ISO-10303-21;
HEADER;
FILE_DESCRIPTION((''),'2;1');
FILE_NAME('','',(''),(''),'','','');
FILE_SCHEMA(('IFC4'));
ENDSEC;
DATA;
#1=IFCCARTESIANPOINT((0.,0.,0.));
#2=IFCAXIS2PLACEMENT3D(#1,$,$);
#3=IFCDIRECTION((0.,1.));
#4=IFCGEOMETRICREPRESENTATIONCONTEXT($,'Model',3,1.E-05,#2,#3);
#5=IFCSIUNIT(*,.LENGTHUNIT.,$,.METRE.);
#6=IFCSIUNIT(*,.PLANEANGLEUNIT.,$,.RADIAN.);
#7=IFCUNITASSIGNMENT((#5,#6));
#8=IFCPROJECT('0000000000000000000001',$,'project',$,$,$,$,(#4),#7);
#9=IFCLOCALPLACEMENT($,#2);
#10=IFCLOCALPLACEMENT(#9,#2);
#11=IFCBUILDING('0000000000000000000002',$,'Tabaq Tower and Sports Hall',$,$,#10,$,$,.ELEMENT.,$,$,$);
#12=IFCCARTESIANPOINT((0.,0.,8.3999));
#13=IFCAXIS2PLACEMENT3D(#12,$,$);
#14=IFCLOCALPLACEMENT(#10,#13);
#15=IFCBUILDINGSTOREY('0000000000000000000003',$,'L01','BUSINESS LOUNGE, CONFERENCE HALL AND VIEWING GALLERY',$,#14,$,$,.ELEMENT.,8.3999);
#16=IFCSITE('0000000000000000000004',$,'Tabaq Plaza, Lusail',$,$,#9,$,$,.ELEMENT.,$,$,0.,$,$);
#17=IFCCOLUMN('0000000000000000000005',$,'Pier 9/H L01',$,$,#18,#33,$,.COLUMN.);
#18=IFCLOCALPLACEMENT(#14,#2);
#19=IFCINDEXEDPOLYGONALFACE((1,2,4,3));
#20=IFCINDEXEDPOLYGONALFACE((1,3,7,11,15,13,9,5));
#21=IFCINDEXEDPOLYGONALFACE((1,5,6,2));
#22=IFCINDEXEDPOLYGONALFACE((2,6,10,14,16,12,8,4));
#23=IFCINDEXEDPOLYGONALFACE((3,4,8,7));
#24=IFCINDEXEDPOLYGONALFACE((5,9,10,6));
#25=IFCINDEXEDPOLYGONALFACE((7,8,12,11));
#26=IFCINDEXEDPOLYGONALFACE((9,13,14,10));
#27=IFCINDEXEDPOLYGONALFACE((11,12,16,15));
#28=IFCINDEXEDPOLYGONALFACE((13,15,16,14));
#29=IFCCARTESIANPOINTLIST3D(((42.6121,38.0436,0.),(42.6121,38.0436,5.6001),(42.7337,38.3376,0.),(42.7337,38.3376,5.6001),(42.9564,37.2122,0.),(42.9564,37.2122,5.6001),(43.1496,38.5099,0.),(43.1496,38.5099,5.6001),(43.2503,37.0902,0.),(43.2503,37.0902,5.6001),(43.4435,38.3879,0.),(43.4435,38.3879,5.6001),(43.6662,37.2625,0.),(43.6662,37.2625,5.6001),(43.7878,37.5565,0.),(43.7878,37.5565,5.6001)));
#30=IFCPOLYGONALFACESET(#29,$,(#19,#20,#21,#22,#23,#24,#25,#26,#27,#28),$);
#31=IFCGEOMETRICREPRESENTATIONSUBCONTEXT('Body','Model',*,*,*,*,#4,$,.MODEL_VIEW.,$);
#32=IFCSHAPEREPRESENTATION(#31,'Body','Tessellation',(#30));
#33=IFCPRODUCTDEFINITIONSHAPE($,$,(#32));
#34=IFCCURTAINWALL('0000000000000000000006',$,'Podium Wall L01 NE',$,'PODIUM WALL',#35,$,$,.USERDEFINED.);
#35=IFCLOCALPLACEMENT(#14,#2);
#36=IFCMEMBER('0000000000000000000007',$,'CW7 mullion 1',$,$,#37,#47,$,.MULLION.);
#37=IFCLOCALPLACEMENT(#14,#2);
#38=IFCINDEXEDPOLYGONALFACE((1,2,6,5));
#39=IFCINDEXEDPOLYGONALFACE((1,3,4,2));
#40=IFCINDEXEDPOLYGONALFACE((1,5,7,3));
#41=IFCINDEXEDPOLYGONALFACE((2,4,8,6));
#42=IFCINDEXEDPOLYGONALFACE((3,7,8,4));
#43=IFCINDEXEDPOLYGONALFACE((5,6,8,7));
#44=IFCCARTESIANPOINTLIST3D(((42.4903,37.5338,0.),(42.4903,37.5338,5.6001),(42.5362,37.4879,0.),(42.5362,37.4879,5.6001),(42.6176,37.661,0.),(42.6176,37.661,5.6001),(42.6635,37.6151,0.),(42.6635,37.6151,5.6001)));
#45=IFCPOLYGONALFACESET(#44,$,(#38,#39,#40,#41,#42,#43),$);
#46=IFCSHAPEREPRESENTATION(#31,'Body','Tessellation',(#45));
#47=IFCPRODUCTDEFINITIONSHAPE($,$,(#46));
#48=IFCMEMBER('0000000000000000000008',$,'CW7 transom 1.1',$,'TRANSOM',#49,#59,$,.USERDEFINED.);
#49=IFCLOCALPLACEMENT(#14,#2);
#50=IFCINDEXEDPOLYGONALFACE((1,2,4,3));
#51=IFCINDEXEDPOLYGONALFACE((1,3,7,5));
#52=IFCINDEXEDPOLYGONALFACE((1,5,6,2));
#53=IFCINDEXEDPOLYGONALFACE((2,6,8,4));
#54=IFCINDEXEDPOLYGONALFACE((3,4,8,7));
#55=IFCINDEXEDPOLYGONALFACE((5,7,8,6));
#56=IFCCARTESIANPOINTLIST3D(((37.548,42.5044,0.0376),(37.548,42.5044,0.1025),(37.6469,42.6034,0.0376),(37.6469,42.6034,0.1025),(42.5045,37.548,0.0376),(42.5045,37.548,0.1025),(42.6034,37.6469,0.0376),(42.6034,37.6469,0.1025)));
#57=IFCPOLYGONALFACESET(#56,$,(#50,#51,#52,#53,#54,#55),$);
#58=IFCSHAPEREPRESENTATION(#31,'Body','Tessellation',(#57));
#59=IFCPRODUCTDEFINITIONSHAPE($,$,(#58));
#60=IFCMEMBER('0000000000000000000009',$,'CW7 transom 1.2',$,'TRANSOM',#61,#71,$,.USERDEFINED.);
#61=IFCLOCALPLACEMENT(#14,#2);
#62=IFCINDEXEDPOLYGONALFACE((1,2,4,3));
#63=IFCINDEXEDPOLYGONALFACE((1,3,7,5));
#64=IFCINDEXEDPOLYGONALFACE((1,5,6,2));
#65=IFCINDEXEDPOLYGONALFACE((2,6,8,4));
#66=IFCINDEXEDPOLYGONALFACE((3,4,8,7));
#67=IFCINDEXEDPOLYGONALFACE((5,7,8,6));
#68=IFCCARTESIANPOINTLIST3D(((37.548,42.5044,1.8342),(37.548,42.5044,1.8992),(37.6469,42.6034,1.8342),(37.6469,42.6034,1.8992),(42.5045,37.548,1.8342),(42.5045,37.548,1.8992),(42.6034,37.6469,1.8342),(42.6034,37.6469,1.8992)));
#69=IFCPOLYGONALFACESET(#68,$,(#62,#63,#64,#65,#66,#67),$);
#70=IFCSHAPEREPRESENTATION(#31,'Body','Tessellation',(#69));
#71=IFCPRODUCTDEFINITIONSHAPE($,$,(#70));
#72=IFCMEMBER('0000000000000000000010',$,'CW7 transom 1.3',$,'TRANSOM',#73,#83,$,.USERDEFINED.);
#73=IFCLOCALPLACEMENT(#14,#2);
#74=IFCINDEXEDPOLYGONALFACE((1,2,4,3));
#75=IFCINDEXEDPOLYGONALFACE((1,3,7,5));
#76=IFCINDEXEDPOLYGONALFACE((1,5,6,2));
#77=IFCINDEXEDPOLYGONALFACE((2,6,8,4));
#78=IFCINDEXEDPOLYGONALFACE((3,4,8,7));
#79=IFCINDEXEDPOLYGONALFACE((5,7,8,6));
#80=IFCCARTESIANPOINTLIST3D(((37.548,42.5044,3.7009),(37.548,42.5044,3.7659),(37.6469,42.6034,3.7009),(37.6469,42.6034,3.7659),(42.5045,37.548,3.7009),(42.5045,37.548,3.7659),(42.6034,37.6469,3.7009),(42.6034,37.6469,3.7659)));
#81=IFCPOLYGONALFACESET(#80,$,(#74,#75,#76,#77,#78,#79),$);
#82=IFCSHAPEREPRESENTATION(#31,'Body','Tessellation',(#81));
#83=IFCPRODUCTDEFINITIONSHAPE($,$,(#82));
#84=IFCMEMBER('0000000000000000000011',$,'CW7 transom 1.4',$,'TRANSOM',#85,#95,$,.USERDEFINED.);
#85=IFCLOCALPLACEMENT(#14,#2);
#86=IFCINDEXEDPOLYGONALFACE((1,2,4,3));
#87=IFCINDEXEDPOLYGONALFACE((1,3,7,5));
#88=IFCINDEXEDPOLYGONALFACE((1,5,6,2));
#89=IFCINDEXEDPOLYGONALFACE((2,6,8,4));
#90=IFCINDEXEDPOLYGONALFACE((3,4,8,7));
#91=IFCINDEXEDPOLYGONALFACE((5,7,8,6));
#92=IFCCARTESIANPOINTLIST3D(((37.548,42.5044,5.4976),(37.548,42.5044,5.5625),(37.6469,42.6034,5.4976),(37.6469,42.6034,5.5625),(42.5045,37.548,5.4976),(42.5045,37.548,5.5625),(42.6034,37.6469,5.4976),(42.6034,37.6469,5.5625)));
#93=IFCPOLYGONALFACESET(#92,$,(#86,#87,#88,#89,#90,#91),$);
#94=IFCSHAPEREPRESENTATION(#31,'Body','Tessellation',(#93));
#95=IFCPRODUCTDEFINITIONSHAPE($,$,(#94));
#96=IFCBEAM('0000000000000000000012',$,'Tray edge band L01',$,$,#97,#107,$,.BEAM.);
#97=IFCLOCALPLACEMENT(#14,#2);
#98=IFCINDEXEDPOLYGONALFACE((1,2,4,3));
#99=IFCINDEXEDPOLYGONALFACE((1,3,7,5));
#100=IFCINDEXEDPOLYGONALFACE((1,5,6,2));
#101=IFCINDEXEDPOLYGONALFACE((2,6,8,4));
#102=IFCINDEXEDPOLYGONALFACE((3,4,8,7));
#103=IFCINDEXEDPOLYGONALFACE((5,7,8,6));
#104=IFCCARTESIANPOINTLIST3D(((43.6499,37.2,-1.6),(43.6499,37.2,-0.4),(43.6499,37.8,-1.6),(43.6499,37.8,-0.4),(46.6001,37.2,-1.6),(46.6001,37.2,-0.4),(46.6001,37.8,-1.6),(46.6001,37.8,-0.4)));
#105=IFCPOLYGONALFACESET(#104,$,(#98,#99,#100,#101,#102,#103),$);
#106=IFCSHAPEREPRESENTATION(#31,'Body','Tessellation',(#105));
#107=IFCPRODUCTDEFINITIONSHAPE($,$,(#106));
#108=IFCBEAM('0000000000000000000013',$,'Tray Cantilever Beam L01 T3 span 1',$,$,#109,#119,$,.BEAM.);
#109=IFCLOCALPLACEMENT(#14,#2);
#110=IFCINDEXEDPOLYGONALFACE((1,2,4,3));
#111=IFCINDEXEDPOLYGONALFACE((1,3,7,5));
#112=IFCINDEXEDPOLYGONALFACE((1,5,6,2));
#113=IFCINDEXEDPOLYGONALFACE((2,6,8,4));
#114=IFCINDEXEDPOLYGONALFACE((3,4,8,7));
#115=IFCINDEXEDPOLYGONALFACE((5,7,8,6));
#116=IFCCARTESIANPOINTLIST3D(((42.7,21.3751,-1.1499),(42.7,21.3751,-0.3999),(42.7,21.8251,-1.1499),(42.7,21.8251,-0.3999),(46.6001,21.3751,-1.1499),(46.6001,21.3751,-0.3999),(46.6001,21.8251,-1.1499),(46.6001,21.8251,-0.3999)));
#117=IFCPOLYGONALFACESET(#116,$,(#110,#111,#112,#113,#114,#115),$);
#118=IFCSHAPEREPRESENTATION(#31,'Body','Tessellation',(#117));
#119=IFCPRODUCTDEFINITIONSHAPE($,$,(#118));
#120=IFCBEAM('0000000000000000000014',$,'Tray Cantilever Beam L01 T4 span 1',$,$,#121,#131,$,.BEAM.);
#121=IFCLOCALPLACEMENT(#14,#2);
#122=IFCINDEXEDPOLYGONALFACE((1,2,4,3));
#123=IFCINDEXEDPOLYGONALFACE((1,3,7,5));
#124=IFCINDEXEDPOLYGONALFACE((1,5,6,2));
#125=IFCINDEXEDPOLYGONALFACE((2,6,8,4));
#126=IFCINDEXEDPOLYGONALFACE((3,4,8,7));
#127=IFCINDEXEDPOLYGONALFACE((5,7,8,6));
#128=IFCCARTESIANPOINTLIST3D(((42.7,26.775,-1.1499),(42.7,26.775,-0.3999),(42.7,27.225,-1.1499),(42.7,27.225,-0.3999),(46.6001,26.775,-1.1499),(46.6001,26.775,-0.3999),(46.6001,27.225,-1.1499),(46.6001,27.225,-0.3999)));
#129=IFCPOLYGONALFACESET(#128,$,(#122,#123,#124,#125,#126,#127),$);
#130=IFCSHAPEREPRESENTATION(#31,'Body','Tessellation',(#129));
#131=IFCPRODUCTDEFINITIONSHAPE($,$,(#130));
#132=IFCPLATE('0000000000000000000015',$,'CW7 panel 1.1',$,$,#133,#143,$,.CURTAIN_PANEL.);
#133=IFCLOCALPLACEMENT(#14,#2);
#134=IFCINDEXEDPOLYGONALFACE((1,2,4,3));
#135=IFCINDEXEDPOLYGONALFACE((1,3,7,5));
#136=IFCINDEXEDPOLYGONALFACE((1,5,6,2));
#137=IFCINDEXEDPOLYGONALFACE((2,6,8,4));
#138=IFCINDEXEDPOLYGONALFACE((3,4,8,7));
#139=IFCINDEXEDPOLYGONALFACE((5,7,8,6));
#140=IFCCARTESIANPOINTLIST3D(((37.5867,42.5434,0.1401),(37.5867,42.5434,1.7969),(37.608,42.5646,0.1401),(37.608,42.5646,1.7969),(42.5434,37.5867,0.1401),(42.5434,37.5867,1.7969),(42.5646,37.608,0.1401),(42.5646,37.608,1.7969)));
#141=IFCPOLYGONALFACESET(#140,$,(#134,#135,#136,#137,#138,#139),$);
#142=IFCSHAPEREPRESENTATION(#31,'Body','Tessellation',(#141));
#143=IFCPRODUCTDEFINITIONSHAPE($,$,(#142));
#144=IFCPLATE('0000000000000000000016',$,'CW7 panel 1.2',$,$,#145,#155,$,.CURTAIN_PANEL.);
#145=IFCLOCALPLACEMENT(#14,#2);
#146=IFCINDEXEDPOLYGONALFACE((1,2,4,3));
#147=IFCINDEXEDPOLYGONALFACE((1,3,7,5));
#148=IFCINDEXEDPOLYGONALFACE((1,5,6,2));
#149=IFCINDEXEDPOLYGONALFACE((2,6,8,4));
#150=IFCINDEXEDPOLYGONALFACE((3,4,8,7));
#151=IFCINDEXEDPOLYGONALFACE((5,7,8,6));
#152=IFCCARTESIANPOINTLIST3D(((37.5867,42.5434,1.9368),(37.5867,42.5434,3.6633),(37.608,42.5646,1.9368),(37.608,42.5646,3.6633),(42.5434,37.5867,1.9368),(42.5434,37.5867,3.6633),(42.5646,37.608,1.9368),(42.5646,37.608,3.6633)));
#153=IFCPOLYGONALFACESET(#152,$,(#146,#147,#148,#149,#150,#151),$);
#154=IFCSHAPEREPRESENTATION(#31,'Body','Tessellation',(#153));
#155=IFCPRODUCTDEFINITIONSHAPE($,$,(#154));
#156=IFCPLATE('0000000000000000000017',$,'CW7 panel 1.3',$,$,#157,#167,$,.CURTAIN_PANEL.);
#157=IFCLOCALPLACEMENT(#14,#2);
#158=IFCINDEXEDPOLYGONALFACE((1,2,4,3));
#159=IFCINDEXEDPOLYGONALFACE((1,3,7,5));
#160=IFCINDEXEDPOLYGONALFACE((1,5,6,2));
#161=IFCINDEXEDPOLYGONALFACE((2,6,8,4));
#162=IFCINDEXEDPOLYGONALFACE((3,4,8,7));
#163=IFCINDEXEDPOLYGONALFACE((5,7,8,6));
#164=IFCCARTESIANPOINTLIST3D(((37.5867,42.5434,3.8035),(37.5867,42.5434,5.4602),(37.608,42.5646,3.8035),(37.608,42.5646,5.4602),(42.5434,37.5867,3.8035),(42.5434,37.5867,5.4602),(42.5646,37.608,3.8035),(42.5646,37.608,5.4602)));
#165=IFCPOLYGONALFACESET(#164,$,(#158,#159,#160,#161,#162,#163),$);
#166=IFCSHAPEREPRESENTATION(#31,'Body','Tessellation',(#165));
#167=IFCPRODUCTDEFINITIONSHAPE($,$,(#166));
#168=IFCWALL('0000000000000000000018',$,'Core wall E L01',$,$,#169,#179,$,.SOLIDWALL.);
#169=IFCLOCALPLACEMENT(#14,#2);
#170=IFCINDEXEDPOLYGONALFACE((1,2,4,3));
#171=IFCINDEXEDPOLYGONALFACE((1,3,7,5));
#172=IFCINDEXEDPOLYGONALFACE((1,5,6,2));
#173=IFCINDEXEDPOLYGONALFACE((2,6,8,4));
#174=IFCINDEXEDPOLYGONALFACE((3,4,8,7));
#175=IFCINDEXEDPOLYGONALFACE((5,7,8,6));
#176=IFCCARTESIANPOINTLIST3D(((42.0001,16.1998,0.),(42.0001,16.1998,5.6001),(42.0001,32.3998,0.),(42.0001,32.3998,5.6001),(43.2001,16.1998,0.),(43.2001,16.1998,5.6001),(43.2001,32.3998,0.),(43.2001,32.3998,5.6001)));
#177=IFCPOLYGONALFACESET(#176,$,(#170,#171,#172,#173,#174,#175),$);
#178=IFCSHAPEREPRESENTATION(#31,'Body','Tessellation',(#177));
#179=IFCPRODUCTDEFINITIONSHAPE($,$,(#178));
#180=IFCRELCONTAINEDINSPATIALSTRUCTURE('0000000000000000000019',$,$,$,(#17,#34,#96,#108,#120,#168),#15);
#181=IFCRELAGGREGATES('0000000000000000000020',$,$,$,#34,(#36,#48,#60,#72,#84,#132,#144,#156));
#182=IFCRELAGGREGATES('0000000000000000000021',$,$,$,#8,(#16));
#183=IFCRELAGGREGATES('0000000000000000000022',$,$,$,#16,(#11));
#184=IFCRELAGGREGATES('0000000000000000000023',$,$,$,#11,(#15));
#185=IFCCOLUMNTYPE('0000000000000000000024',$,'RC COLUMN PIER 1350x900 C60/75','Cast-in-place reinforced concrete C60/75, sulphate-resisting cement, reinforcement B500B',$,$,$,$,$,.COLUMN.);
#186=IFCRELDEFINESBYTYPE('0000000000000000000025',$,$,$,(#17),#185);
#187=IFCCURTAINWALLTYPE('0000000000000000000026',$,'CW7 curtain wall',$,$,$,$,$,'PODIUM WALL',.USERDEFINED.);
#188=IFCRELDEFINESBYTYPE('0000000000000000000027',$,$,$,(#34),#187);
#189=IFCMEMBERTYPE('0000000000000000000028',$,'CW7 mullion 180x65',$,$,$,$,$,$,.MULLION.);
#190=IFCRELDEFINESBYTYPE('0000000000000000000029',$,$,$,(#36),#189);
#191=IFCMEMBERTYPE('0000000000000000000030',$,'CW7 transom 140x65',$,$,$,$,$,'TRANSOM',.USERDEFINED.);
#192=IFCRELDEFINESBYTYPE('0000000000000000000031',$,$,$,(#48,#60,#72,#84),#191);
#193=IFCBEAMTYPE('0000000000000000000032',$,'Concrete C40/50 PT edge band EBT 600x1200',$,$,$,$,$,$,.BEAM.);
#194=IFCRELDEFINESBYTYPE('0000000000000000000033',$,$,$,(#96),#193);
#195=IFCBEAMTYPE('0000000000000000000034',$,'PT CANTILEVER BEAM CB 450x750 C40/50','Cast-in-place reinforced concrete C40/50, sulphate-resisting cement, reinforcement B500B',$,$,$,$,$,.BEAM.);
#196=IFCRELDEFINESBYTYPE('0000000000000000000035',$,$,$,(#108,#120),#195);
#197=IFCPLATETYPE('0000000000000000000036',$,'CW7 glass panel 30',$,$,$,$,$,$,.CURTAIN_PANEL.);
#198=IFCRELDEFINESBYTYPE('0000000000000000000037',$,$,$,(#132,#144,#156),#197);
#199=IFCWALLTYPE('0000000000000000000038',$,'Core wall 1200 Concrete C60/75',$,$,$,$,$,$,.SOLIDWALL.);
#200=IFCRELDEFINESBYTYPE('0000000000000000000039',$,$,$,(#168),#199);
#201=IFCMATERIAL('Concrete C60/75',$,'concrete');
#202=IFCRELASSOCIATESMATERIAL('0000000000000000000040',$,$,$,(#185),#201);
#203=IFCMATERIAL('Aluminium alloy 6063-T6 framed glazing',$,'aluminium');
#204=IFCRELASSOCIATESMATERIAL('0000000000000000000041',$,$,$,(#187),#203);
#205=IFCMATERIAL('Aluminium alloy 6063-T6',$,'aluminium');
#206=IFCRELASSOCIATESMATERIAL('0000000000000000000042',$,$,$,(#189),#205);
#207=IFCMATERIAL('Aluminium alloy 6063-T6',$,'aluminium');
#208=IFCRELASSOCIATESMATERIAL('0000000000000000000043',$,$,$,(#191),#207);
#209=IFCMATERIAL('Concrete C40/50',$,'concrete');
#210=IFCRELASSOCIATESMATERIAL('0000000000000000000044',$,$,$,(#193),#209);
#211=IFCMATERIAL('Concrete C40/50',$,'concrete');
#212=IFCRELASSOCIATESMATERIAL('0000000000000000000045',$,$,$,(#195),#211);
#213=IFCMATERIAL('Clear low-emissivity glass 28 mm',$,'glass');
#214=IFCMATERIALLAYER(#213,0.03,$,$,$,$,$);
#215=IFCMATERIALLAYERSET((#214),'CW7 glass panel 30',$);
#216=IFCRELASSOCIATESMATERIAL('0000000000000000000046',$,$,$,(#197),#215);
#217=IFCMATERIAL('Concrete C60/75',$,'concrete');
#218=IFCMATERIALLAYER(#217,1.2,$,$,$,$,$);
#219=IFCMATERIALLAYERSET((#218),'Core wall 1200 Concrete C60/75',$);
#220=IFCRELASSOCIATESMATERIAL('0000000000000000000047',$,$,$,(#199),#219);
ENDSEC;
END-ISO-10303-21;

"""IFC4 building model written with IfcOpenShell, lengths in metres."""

from ifc_helpers import new_model, si_unit, direction, frame, frame_2d, origin, origin_2d, place, context, subcontext, project, spatial, polyline, rectangle, outline, extrude, material, layer, layer_set, material_profile, profile_set, type_object, element, aggregate, save


model = new_model("IFC4")

# Units and contexts
model_context = context("Model", 3, precision=1e-05, world=origin(), true_north=direction((0.0, 1.0)))
body_context = subcontext(model_context, "Body", "Model", "MODEL_VIEW")
ifc_project = project(units=[si_unit("LENGTHUNIT", "METRE"), si_unit("PLANEANGLEUNIT", "RADIAN")], contexts=[model_context])

# Site, building, storey
site_placement = place(None, origin())
site = spatial("IfcSite", under=ifc_project, at=site_placement, Name="Tabaq Plaza, Lusail", CompositionType="ELEMENT", RefElevation=0.0)
building_placement = place(site_placement, origin())
building = spatial("IfcBuilding", under=site, at=building_placement, Name="Tabaq Tower and Sports Hall", CompositionType="ELEMENT")
storey_placement = place(building_placement, frame((0.0, 0.0, 8.3999)))
storey = spatial("IfcBuildingStorey", under=building, at=storey_placement, Name="L01", Description="BUSINESS LOUNGE, CONFERENCE HALL AND VIEWING GALLERY", CompositionType="ELEMENT", Elevation=8.3999)

# Column
ifc_material_1 = material(Name="Concrete C60/75", Category="concrete")
ifc_material_profile_1 = material_profile(ifc_material_1, outline(polyline([(-0.45, -0.45), (0.45, -0.45), (0.675, -0.2251), (0.675, 0.2251), (0.45, 0.45), (-0.45, 0.45), (-0.675, 0.2251), (-0.675, -0.2251), (-0.45, -0.45)])), Name="PIER 1350x900")
ifc_profile_set_1 = profile_set([ifc_material_profile_1], Name="Concrete C60/75")
column_type = type_object("IfcColumnType", Name="RC COLUMN PIER 1350x900 C60/75", Description="Cast-in-place reinforced concrete C60/75, sulphate-resisting cement, reinforcement B500B", PredefinedType="COLUMN", material=ifc_profile_set_1)
column_placement = place(storey_placement, frame((43.2, 37.8, 0.0), z_axis=(0.0, 0.0, 1.0), x_axis=(-0.382683, 0.92388, 0.0)))
element("IfcColumn", 1, at=column_placement, inside=storey, type_object=column_type, Name="Pier 9/H L01", PredefinedType="COLUMN", context=body_context, shape_type="SweptSolid", body=[
    extrude(outline(polyline([(-0.45, -0.45), (0.45, -0.45), (0.675, -0.2251), (0.675, 0.2251), (0.45, 0.45), (-0.45, 0.45), (-0.675, 0.2251), (-0.675, -0.2251), (-0.45, -0.45)])), origin(), (0.0, 0.0, 1.0), 5.6001),
])

# Curtain wall, members
ifc_material_2 = material(Name="Aluminium alloy 6063-T6 framed glazing", Category="aluminium")
curtain_wall_type = type_object("IfcCurtainWallType", Name="CW7 curtain wall", ElementType="PODIUM WALL", PredefinedType="USERDEFINED", material=ifc_material_2)
curtain_wall_placement = place(storey_placement, origin())
curtain_wall = element("IfcCurtainWall", 2, at=curtain_wall_placement, inside=storey, type_object=curtain_wall_type, Name="Podium Wall L01 NE", ObjectType="PODIUM WALL", PredefinedType="USERDEFINED")
ifc_material_3 = material(Name="Aluminium alloy 6063-T6", Category="aluminium")
ifc_material_profile_2 = material_profile(ifc_material_3, rectangle(XDim=0.1799, YDim=0.0649, at=origin_2d()), Name="MULLION 180x65")
ifc_profile_set_2 = profile_set([ifc_material_profile_2], Name="Aluminium alloy 6063-T6")
member_type_1 = type_object("IfcMemberType", Name="CW7 mullion 180x65", PredefinedType="MULLION", material=ifc_profile_set_2)
member_1_placement = place(storey_placement, frame((42.5769, 37.5745, 0.0), z_axis=(0.0, 0.0, 1.0), x_axis=(-0.707107, -0.707107, 0.0)))
member_1 = element("IfcMember", 3, at=member_1_placement, type_object=member_type_1, Name="CW7 mullion 1", PredefinedType="MULLION", context=body_context, shape_type="SweptSolid", body=[
    extrude(rectangle(XDim=0.1799, YDim=0.0649, at=origin_2d()), origin(), (0.0, 0.0, 1.0), 5.6001),
])
ifc_material_4 = material(Name="Aluminium alloy 6063-T6", Category="aluminium")
ifc_material_profile_3 = material_profile(ifc_material_4, rectangle(XDim=0.1399, YDim=0.0649, at=origin_2d()), Name="TRANSOM 140x65")
ifc_profile_set_3 = profile_set([ifc_material_profile_3], Name="Aluminium alloy 6063-T6")
member_type_2 = type_object("IfcMemberType", Name="CW7 transom 140x65", ElementType="TRANSOM", PredefinedType="USERDEFINED", material=ifc_profile_set_3)
member_2_placement = place(storey_placement, frame((42.554, 37.5974, 0.0701), z_axis=(-0.707107, 0.707107, 0.0), x_axis=(-0.707107, -0.707107, 0.0)))
member_2 = element("IfcMember", 4, at=member_2_placement, type_object=member_type_2, Name="CW7 transom 1.1", ObjectType="TRANSOM", PredefinedType="USERDEFINED", context=body_context, shape_type="SweptSolid", body=[
    extrude(rectangle(XDim=0.1399, YDim=0.0649, at=origin_2d()), origin(), (0.0, 0.0, 1.0), 7.0095),
])
member_3_placement = place(storey_placement, frame((42.554, 37.5974, 1.8667), z_axis=(-0.707107, 0.707107, 0.0), x_axis=(-0.707107, -0.707107, 0.0)))
member_3 = element("IfcMember", 5, at=member_3_placement, type_object=member_type_2, Name="CW7 transom 1.2", ObjectType="TRANSOM", PredefinedType="USERDEFINED", context=body_context, shape_type="SweptSolid", body=[
    extrude(rectangle(XDim=0.1399, YDim=0.0649, at=origin_2d()), origin(), (0.0, 0.0, 1.0), 7.0095),
])
member_4_placement = place(storey_placement, frame((42.554, 37.5974, 3.7334), z_axis=(-0.707107, 0.707107, 0.0), x_axis=(-0.707107, -0.707107, 0.0)))
member_4 = element("IfcMember", 6, at=member_4_placement, type_object=member_type_2, Name="CW7 transom 1.3", ObjectType="TRANSOM", PredefinedType="USERDEFINED", context=body_context, shape_type="SweptSolid", body=[
    extrude(rectangle(XDim=0.1399, YDim=0.0649, at=origin_2d()), origin(), (0.0, 0.0, 1.0), 7.0095),
])
member_5_placement = place(storey_placement, frame((42.554, 37.5974, 5.53), z_axis=(-0.707107, 0.707107, 0.0), x_axis=(-0.707107, -0.707107, 0.0)))
member_5 = element("IfcMember", 7, at=member_5_placement, type_object=member_type_2, Name="CW7 transom 1.4", ObjectType="TRANSOM", PredefinedType="USERDEFINED", context=body_context, shape_type="SweptSolid", body=[
    extrude(rectangle(XDim=0.1399, YDim=0.0649, at=origin_2d()), origin(), (0.0, 0.0, 1.0), 7.0095),
])

# Beams
ifc_material_5 = material(Name="Concrete C40/50", Category="concrete")
ifc_material_profile_4 = material_profile(ifc_material_5, rectangle(XDim=0.6001, YDim=1.2, at=origin_2d()), Name="EBT 600x1200")
ifc_profile_set_4 = profile_set([ifc_material_profile_4], Name="Concrete C40/50")
beam_type_1 = type_object("IfcBeamType", Name="Concrete C40/50 PT edge band EBT 600x1200", PredefinedType="BEAM", material=ifc_profile_set_4)
beam_placement = place(storey_placement, frame((43.6499, 37.5, -1.0), z_axis=(1.0, 0.0, 0.0), x_axis=(0.0, 1.0, 0.0)))
element("IfcBeam", 8, at=beam_placement, inside=storey, type_object=beam_type_1, Name="Tray edge band L01", PredefinedType="BEAM", context=body_context, shape_type="SweptSolid", body=[
    extrude(rectangle(XDim=0.6001, YDim=1.2, at=origin_2d()), origin(), (0.0, 0.0, 1.0), 2.9502),
])
ifc_material_6 = material(Name="Concrete C40/50", Category="concrete")
ifc_material_profile_5 = material_profile(ifc_material_6, rectangle(XDim=0.45, YDim=0.75, at=origin_2d()), Name="CB 450x750")
ifc_profile_set_5 = profile_set([ifc_material_profile_5], Name="Concrete C40/50")
beam_type_2 = type_object("IfcBeamType", Name="PT CANTILEVER BEAM CB 450x750 C40/50", Description="Cast-in-place reinforced concrete C40/50, sulphate-resisting cement, reinforcement B500B", PredefinedType="BEAM", material=ifc_profile_set_5)
for number, where, z_axis, x_axis, name in (
    (9, (46.6001, 21.6001, -0.7749), (-1.0, 0.0, 0.0), (0.0, -1.0, 0.0), "Tray Cantilever Beam L01 T3 span 1"),
    (10, (46.6001, 27.0, -0.7749), (-1.0, 0.0, 0.0), (0.0, -1.0, 0.0), "Tray Cantilever Beam L01 T4 span 1"),
):
    element("IfcBeam", number, at=place(storey_placement, frame(where, z_axis=z_axis, x_axis=x_axis)), inside=storey, type_object=beam_type_2, Name=name, PredefinedType="BEAM", context=body_context, shape_type="SweptSolid", body=[
        extrude(rectangle(XDim=0.45, YDim=0.75, at=origin_2d()), origin(), (0.0, 0.0, 1.0), 3.9001),
    ])

# Plates
ifc_material_7 = material(Name="Clear low-emissivity glass 28 mm", Category="glass")
ifc_layer_1 = layer(ifc_material_7, 0.03)
ifc_layer_set_1 = layer_set([ifc_layer_1], Name="CW7 glass panel 30")
plate_type = type_object("IfcPlateType", Name="CW7 glass panel 30", PredefinedType="CURTAIN_PANEL", material=ifc_layer_set_1)
plate_1_placement = place(storey_placement, frame((40.0757, 40.0757, 0.1401), z_axis=(0.0, 0.0, 1.0), x_axis=(-0.707107, 0.707107, 0.0)))
plate_1 = element("IfcPlate", 11, at=plate_1_placement, type_object=plate_type, Name="CW7 panel 1.1", PredefinedType="CURTAIN_PANEL", context=body_context, shape_type="SweptSolid", body=[
    extrude(rectangle(XDim=7.0098, YDim=0.03, at=origin_2d()), origin(), (0.0, 0.0, 1.0), 1.6567),
])
plate_2_placement = place(storey_placement, frame((40.0757, 40.0757, 1.9368), z_axis=(0.0, 0.0, 1.0), x_axis=(-0.707107, 0.707107, 0.0)))
plate_2 = element("IfcPlate", 12, at=plate_2_placement, type_object=plate_type, Name="CW7 panel 1.2", PredefinedType="CURTAIN_PANEL", context=body_context, shape_type="SweptSolid", body=[
    extrude(rectangle(XDim=7.0098, YDim=0.03, at=origin_2d()), origin(), (0.0, 0.0, 1.0), 1.7266),
])
plate_3_placement = place(storey_placement, frame((40.0757, 40.0757, 3.8035), z_axis=(0.0, 0.0, 1.0), x_axis=(-0.707107, 0.707107, 0.0)))
plate_3 = element("IfcPlate", 13, at=plate_3_placement, type_object=plate_type, Name="CW7 panel 1.3", PredefinedType="CURTAIN_PANEL", context=body_context, shape_type="SweptSolid", body=[
    extrude(rectangle(XDim=7.0098, YDim=0.03, at=origin_2d()), origin(), (0.0, 0.0, 1.0), 1.6567),
])
aggregate(curtain_wall, [member_1, member_2, member_3, member_4, member_5, plate_1, plate_2, plate_3])

# Wall
ifc_material_8 = material(Name="Concrete C60/75", Category="concrete")
ifc_layer_2 = layer(ifc_material_8, 1.2)
ifc_layer_set_2 = layer_set([ifc_layer_2], Name="Core wall 1200 Concrete C60/75")
wall_type_1 = type_object("IfcWallType", Name="Core wall 1200 Concrete C60/75", PredefinedType="SOLIDWALL", material=ifc_layer_set_2)
wall_1_placement = place(storey_placement, frame((42.6001, 32.3999, 0.0), z_axis=(0.0, 0.0, 1.0), x_axis=(0.0, -1.0, 0.0)))
element("IfcWall", 14, at=wall_1_placement, inside=storey, type_object=wall_type_1, Name="Core wall E L01", PredefinedType="SOLIDWALL", context=body_context, shape_type="SweptSolid", body=[
    extrude(rectangle(XDim=16.2, YDim=1.2, at=frame_2d((8.1001, 0.0))), origin(), (0.0, 0.0, 1.0), 5.6001),
])

save(model, "model.ifc")
